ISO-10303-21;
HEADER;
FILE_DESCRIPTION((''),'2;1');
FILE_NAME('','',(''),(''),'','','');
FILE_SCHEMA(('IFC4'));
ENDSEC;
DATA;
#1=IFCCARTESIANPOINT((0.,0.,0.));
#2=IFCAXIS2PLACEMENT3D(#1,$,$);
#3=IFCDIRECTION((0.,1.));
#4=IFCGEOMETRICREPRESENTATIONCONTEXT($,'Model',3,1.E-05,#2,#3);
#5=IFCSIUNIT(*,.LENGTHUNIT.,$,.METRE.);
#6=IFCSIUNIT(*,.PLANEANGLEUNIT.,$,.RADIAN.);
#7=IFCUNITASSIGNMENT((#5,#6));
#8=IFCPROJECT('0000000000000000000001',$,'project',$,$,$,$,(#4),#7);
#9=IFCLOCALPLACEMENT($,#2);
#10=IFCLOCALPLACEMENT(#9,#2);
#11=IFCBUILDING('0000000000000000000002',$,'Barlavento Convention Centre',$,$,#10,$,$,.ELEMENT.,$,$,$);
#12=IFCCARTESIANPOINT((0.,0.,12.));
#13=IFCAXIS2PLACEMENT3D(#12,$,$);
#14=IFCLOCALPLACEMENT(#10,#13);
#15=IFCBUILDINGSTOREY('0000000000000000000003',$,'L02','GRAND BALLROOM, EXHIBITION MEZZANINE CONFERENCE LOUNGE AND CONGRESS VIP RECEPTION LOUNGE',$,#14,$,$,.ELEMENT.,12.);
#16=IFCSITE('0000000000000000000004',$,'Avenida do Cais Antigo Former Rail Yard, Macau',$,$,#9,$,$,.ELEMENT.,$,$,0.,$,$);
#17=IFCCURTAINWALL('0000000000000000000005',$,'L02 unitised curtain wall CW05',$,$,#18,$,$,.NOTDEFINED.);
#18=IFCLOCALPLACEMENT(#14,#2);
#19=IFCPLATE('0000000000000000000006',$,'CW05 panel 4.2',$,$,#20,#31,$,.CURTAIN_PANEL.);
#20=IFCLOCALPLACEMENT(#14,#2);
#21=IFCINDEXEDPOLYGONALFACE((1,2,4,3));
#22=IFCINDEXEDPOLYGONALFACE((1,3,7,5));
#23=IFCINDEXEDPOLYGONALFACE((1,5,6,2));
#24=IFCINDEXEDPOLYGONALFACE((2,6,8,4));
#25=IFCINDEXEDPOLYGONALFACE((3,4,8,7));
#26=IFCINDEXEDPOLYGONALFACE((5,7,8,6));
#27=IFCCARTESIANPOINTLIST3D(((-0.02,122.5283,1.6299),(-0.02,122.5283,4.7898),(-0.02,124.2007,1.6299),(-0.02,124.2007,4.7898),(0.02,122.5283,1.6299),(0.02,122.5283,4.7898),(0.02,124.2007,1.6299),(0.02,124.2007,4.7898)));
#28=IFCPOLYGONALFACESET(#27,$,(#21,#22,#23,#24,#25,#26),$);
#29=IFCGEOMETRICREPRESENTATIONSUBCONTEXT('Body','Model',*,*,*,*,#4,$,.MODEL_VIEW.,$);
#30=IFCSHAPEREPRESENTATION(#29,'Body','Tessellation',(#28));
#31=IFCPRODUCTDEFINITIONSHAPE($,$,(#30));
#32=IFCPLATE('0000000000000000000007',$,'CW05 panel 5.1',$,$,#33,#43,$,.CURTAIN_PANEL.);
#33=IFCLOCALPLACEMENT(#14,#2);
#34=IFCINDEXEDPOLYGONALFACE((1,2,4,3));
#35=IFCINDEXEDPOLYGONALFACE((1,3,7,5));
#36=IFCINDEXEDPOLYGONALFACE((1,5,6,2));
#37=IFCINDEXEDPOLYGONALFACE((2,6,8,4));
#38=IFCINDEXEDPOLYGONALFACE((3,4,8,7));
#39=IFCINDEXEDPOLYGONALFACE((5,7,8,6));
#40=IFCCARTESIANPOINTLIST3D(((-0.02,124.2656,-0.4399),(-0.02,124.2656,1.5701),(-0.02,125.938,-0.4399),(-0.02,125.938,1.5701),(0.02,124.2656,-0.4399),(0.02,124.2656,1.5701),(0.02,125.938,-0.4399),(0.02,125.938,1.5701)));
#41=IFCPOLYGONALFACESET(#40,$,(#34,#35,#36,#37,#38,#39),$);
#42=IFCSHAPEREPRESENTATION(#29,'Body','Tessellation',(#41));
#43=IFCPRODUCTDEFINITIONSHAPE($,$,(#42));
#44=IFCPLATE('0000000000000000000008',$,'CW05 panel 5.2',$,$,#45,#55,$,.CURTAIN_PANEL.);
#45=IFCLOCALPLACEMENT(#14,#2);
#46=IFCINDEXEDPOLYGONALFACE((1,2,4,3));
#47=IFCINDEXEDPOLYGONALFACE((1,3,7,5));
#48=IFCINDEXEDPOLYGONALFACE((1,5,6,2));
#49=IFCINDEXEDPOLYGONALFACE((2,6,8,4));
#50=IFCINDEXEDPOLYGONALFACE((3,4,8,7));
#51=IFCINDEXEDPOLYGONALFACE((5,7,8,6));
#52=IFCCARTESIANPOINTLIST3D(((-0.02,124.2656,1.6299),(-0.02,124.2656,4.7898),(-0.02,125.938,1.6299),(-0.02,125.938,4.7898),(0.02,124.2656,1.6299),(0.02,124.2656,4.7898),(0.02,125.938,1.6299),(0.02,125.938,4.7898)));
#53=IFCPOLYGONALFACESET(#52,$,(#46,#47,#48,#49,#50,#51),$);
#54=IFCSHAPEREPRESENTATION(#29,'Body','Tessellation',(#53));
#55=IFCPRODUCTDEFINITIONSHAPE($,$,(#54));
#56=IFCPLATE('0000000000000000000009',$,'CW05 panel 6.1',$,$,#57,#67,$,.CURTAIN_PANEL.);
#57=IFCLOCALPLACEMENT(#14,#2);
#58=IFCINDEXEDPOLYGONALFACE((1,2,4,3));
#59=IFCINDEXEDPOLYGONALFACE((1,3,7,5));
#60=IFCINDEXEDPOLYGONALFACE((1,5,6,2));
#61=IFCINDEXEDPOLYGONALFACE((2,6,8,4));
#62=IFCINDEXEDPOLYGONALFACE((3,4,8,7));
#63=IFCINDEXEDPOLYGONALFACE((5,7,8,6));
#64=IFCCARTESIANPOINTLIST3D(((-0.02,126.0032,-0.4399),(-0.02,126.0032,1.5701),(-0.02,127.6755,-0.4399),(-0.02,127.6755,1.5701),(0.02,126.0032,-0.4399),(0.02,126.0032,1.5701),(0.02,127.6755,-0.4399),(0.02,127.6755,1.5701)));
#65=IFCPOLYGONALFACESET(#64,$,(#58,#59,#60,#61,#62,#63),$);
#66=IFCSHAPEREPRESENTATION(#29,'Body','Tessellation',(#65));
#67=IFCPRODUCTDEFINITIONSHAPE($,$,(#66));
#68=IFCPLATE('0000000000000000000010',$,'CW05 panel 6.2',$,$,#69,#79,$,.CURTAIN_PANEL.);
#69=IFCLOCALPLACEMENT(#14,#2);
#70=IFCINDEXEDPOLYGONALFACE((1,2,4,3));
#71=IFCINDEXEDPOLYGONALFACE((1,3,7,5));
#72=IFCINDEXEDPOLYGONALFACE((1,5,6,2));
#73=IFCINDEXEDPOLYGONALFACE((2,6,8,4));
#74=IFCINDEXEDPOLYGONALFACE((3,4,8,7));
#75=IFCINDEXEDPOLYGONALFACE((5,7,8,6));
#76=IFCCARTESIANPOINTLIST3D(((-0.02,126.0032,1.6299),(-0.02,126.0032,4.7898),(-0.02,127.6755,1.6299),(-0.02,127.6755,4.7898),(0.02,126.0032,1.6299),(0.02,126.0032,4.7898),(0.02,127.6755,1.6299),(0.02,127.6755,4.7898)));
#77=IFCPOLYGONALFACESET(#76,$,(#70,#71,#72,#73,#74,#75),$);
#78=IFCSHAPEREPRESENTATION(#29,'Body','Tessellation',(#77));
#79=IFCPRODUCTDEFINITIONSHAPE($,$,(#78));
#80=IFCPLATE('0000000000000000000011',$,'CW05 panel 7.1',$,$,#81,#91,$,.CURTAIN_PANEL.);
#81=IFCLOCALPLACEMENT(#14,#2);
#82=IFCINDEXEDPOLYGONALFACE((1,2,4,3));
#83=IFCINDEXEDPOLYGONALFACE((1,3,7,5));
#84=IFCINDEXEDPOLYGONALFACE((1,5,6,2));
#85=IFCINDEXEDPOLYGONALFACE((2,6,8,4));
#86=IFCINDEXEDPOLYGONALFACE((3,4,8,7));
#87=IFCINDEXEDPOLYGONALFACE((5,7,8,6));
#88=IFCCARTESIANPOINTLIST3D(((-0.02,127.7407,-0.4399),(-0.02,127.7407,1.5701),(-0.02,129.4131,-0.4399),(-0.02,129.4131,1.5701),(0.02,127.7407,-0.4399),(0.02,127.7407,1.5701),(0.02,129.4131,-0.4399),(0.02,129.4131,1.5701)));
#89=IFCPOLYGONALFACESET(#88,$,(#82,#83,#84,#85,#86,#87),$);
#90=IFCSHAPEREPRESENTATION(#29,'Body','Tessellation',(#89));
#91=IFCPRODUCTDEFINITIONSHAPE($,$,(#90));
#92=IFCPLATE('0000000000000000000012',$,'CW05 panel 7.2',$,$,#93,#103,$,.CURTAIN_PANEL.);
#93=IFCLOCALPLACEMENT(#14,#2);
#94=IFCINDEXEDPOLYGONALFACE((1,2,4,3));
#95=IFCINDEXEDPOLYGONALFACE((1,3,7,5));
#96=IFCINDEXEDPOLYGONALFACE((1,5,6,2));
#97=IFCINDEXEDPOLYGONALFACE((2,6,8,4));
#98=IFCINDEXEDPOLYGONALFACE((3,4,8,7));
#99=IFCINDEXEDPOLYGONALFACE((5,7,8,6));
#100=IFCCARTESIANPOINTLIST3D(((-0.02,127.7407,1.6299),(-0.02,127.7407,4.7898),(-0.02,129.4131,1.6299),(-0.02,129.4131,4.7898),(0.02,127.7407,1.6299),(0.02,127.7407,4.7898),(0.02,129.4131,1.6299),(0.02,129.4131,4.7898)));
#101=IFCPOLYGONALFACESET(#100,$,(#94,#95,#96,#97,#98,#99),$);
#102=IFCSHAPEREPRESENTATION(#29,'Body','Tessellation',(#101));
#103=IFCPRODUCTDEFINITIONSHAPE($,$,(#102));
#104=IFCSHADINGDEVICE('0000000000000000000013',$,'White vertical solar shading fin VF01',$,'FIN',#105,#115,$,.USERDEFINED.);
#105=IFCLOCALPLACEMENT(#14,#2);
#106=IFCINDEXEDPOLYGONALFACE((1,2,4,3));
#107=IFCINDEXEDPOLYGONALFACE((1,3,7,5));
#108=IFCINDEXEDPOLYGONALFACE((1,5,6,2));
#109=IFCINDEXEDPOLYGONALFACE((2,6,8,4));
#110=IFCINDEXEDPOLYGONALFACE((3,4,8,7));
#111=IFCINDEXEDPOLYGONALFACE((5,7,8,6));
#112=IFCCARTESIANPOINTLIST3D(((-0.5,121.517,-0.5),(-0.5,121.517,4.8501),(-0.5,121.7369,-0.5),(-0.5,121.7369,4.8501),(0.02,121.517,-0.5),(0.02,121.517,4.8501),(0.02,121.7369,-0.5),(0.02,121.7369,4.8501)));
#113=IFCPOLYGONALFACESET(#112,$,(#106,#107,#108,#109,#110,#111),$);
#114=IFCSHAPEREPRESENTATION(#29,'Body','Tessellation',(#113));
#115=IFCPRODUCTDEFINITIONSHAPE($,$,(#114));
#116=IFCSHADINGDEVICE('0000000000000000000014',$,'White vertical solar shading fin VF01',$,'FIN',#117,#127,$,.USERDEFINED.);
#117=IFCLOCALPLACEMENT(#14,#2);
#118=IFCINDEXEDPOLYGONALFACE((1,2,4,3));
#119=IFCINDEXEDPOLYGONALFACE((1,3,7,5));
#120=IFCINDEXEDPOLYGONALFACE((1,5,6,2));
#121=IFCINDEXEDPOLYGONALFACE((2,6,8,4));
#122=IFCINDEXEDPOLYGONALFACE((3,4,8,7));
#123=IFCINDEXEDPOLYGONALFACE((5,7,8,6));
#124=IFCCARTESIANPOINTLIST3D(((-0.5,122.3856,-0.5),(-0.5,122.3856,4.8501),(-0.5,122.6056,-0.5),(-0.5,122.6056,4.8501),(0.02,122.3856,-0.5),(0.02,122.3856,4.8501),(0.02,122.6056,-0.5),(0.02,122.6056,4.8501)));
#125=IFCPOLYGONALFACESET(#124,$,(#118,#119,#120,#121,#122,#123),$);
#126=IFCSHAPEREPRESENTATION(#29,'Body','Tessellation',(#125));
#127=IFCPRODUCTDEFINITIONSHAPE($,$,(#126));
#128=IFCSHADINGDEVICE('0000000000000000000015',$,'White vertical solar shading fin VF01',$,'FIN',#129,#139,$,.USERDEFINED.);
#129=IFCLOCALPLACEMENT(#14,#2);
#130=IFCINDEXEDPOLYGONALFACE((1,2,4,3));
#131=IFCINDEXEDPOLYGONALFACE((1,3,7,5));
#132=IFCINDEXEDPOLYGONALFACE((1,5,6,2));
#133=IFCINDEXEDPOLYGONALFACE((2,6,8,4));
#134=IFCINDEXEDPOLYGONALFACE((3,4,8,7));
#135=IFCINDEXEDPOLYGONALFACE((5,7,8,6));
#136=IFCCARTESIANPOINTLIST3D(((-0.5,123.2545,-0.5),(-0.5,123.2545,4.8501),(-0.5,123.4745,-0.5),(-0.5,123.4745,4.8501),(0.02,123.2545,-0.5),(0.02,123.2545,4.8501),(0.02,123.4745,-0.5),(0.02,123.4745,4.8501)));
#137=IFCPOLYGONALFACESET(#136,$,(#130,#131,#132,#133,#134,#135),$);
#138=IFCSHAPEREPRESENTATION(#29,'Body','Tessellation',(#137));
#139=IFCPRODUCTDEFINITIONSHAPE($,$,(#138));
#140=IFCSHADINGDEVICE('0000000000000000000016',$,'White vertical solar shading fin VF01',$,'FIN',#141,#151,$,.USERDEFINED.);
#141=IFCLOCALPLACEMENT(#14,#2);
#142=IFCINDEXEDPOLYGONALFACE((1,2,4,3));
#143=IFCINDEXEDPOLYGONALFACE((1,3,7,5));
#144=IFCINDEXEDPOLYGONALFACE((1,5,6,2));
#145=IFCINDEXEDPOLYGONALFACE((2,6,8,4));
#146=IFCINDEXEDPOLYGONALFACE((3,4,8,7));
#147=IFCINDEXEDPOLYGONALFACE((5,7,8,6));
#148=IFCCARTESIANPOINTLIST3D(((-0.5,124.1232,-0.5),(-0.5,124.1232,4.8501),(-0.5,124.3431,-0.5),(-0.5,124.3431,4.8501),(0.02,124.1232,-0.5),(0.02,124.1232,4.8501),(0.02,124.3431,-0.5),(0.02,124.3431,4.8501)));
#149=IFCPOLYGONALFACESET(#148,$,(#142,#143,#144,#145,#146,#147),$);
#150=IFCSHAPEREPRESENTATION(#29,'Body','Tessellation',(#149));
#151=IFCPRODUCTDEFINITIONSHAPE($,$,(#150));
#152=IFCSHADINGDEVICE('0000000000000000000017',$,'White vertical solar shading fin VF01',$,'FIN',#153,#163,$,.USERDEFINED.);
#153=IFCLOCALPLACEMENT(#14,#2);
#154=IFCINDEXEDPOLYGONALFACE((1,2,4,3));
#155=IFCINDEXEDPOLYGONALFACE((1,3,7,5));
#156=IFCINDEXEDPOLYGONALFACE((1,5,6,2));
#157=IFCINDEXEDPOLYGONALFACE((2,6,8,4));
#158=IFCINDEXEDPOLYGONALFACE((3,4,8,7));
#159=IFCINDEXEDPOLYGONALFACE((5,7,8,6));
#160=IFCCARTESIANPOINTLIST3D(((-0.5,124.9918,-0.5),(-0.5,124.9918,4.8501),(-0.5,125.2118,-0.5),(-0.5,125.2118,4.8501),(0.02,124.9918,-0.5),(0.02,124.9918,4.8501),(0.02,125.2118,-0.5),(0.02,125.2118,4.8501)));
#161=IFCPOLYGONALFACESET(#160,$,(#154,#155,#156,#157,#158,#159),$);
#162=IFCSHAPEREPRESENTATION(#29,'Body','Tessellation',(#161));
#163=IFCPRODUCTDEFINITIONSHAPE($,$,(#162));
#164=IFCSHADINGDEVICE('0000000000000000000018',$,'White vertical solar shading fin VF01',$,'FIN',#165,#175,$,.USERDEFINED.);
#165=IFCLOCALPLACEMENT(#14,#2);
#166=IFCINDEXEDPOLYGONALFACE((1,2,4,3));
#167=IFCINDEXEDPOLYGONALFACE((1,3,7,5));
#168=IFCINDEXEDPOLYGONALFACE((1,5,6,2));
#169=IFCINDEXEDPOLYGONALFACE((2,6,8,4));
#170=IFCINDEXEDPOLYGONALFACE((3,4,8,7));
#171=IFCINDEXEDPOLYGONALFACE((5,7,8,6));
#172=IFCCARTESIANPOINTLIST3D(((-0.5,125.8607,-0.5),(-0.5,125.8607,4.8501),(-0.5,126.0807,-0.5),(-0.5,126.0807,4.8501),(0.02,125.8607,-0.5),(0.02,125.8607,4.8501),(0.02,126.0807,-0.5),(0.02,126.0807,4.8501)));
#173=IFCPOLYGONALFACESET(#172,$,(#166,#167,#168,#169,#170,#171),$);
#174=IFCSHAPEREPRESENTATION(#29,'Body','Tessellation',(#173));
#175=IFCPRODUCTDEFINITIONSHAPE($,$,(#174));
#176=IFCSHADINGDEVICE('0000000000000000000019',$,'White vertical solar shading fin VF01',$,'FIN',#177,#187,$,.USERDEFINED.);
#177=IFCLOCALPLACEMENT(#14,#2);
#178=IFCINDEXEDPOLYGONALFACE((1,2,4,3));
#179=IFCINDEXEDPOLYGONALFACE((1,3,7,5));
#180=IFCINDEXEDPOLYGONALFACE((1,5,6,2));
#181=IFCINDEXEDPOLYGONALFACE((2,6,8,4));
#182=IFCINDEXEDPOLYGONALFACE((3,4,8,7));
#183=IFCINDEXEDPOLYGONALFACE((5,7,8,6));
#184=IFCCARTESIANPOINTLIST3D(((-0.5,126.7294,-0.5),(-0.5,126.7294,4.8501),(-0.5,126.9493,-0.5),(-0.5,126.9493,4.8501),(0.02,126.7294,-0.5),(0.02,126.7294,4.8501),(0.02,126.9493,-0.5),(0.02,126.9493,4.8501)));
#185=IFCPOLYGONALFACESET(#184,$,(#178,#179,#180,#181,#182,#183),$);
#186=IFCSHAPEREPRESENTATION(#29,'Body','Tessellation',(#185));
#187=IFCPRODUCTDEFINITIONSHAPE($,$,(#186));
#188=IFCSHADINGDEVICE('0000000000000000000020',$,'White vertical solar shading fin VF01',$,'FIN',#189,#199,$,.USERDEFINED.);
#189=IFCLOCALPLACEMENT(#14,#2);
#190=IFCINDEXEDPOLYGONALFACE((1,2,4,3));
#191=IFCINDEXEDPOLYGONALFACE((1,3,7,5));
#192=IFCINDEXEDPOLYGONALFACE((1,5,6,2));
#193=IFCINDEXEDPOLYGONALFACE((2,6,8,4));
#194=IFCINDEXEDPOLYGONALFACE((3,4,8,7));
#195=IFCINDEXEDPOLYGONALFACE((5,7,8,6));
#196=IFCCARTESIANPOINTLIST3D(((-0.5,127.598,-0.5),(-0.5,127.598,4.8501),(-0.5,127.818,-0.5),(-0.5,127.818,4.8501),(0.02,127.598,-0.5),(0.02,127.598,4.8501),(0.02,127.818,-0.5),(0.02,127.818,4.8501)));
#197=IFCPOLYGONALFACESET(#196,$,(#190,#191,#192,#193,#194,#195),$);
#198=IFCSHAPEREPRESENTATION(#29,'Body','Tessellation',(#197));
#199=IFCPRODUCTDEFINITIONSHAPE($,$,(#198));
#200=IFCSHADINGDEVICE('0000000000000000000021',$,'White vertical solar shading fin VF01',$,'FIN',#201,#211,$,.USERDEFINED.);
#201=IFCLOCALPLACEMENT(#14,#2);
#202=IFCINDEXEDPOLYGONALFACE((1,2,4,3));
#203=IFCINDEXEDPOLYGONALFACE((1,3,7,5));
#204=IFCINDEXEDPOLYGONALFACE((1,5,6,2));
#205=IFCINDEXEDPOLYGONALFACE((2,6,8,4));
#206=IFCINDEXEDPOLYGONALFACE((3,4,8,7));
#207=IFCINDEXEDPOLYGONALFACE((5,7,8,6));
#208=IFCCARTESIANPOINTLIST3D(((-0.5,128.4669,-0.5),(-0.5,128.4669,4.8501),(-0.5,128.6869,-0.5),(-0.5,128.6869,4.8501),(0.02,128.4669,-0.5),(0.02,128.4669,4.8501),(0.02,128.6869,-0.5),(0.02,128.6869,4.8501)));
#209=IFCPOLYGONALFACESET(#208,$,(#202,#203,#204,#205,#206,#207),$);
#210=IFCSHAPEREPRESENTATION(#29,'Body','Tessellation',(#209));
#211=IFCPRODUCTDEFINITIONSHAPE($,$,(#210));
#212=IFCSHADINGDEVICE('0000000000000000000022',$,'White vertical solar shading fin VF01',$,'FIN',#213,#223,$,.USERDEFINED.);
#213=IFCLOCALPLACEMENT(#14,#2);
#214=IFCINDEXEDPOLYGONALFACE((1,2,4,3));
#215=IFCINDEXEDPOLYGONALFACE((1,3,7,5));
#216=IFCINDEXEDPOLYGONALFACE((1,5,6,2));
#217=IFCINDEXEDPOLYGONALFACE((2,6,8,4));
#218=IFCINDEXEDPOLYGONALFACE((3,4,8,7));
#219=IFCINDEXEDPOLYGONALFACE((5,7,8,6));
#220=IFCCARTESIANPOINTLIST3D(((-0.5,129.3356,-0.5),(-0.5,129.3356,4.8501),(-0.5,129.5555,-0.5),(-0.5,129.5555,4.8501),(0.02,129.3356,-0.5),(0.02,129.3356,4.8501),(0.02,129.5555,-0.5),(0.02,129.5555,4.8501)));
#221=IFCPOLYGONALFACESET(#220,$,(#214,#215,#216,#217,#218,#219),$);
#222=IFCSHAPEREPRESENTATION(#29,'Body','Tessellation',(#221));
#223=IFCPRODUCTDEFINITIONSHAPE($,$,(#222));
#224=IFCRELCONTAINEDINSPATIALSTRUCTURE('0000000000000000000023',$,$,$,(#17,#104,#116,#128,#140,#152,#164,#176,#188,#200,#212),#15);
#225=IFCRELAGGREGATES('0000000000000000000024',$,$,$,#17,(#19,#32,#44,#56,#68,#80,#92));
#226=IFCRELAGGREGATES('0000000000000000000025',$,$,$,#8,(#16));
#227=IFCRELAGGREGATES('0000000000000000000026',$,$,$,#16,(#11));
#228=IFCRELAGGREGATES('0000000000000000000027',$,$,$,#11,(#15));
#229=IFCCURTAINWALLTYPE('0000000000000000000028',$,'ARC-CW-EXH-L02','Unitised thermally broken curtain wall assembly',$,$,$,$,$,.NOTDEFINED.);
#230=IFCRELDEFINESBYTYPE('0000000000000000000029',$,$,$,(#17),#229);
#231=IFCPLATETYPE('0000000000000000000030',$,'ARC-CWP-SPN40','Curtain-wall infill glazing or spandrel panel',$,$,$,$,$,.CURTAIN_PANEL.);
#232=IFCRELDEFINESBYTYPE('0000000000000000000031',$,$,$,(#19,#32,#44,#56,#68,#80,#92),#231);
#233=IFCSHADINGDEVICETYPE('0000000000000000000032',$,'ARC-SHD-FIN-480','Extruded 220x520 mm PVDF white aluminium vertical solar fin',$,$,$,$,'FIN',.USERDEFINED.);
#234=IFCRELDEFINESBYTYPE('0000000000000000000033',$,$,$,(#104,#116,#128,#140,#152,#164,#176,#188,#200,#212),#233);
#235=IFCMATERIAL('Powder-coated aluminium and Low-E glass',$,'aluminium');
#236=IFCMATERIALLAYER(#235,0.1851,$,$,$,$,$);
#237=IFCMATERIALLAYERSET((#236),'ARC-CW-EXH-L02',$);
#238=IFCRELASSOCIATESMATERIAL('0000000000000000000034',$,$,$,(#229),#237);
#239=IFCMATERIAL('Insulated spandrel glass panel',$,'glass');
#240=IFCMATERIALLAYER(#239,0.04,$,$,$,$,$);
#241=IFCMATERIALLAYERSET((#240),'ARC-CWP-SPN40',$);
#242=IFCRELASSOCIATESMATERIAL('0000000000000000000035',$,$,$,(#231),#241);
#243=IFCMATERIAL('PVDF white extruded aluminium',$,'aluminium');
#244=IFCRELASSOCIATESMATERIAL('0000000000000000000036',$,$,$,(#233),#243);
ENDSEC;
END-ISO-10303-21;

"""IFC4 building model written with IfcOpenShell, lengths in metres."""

from ifc_helpers import new_model, si_unit, direction, frame, origin, origin_2d, place, context, subcontext, project, spatial, rectangle, extrude, material, layer, layer_set, type_object, element, aggregate, save


model = new_model("IFC4")

# Units and contexts
model_context = context("Model", 3, precision=1e-05, world=origin(), true_north=direction((0.0, 1.0)))
body_context = subcontext(model_context, "Body", "Model", "MODEL_VIEW")
ifc_project = project(units=[si_unit("LENGTHUNIT", "METRE"), si_unit("PLANEANGLEUNIT", "RADIAN")], contexts=[model_context])

# Site, building, storey
site_placement = place(None, origin())
site = spatial("IfcSite", under=ifc_project, at=site_placement, Name="Avenida do Cais Antigo Former Rail Yard, Macau", CompositionType="ELEMENT", RefElevation=0.0)
building_placement = place(site_placement, origin())
building = spatial("IfcBuilding", under=site, at=building_placement, Name="Barlavento Convention Centre", CompositionType="ELEMENT")
storey_placement = place(building_placement, frame((0.0, 0.0, 12.0)))
storey = spatial("IfcBuildingStorey", under=building, at=storey_placement, Name="L02", Description="GRAND BALLROOM, EXHIBITION MEZZANINE CONFERENCE LOUNGE AND CONGRESS VIP RECEPTION LOUNGE", CompositionType="ELEMENT", Elevation=12.0)

# Curtain wall, plates
ifc_material_1 = material(Name="Powder-coated aluminium and Low-E glass", Category="aluminium")
ifc_layer_1 = layer(ifc_material_1, 0.1851)
ifc_layer_set_1 = layer_set([ifc_layer_1], Name="ARC-CW-EXH-L02")
curtain_wall_type = type_object("IfcCurtainWallType", Name="ARC-CW-EXH-L02", Description="Unitised thermally broken curtain wall assembly", PredefinedType="NOTDEFINED", material=ifc_layer_set_1)
curtain_wall_placement = place(storey_placement, origin())
curtain_wall = element("IfcCurtainWall", 1, at=curtain_wall_placement, inside=storey, type_object=curtain_wall_type, Name="L02 unitised curtain wall CW05", PredefinedType="NOTDEFINED")
ifc_material_2 = material(Name="Insulated spandrel glass panel", Category="glass")
ifc_layer_2 = layer(ifc_material_2, 0.04)
ifc_layer_set_2 = layer_set([ifc_layer_2], Name="ARC-CWP-SPN40")
plate_type = type_object("IfcPlateType", Name="ARC-CWP-SPN40", Description="Curtain-wall infill glazing or spandrel panel", PredefinedType="CURTAIN_PANEL", material=ifc_layer_set_2)
plate_1_placement = place(storey_placement, frame((0.0, 123.3645, 1.6299), z_axis=(0.0, 0.0, 1.0), x_axis=(0.0, 1.0, 0.0)))
plate_1 = element("IfcPlate", 2, at=plate_1_placement, type_object=plate_type, Name="CW05 panel 4.2", PredefinedType="CURTAIN_PANEL", context=body_context, shape_type="SweptSolid", body=[
    extrude(rectangle(XDim=1.6724, YDim=0.04, at=origin_2d()), origin(), (0.0, 0.0, 1.0), 3.1599),
])
plate_2_placement = place(storey_placement, frame((0.0, 125.1018, -0.4399), z_axis=(0.0, 0.0, 1.0), x_axis=(0.0, 1.0, 0.0)))
plate_2 = element("IfcPlate", 3, at=plate_2_placement, type_object=plate_type, Name="CW05 panel 5.1", PredefinedType="CURTAIN_PANEL", context=body_context, shape_type="SweptSolid", body=[
    extrude(rectangle(XDim=1.6724, YDim=0.04, at=origin_2d()), origin(), (0.0, 0.0, 1.0), 2.01),
])
plate_3_placement = place(storey_placement, frame((0.0, 125.1018, 1.6299), z_axis=(0.0, 0.0, 1.0), x_axis=(0.0, 1.0, 0.0)))
plate_3 = element("IfcPlate", 4, at=plate_3_placement, type_object=plate_type, Name="CW05 panel 5.2", PredefinedType="CURTAIN_PANEL", context=body_context, shape_type="SweptSolid", body=[
    extrude(rectangle(XDim=1.6724, YDim=0.04, at=origin_2d()), origin(), (0.0, 0.0, 1.0), 3.1599),
])
plate_4_placement = place(storey_placement, frame((0.0, 126.8394, -0.4399), z_axis=(0.0, 0.0, 1.0), x_axis=(0.0, 1.0, 0.0)))
plate_4 = element("IfcPlate", 5, at=plate_4_placement, type_object=plate_type, Name="CW05 panel 6.1", PredefinedType="CURTAIN_PANEL", context=body_context, shape_type="SweptSolid", body=[
    extrude(rectangle(XDim=1.6724, YDim=0.04, at=origin_2d()), origin(), (0.0, 0.0, 1.0), 2.01),
])
plate_5_placement = place(storey_placement, frame((0.0, 126.8394, 1.6299), z_axis=(0.0, 0.0, 1.0), x_axis=(0.0, 1.0, 0.0)))
plate_5 = element("IfcPlate", 6, at=plate_5_placement, type_object=plate_type, Name="CW05 panel 6.2", PredefinedType="CURTAIN_PANEL", context=body_context, shape_type="SweptSolid", body=[
    extrude(rectangle(XDim=1.6724, YDim=0.04, at=origin_2d()), origin(), (0.0, 0.0, 1.0), 3.1599),
])
plate_6_placement = place(storey_placement, frame((0.0, 128.5769, -0.4399), z_axis=(0.0, 0.0, 1.0), x_axis=(0.0, 1.0, 0.0)))
plate_6 = element("IfcPlate", 7, at=plate_6_placement, type_object=plate_type, Name="CW05 panel 7.1", PredefinedType="CURTAIN_PANEL", context=body_context, shape_type="SweptSolid", body=[
    extrude(rectangle(XDim=1.6724, YDim=0.04, at=origin_2d()), origin(), (0.0, 0.0, 1.0), 2.01),
])
plate_7_placement = place(storey_placement, frame((0.0, 128.5769, 1.6299), z_axis=(0.0, 0.0, 1.0), x_axis=(0.0, 1.0, 0.0)))
plate_7 = element("IfcPlate", 8, at=plate_7_placement, type_object=plate_type, Name="CW05 panel 7.2", PredefinedType="CURTAIN_PANEL", context=body_context, shape_type="SweptSolid", body=[
    extrude(rectangle(XDim=1.6724, YDim=0.04, at=origin_2d()), origin(), (0.0, 0.0, 1.0), 3.1599),
])
aggregate(curtain_wall, [plate_1, plate_2, plate_3, plate_4, plate_5, plate_6, plate_7])

# Shading devices
ifc_material_3 = material(Name="PVDF white extruded aluminium", Category="aluminium")
shading_device_type = type_object("IfcShadingDeviceType", Name="ARC-SHD-FIN-480", Description="Extruded 220x520 mm PVDF white aluminium vertical solar fin", ElementType="FIN", PredefinedType="USERDEFINED", material=ifc_material_3)
for number, where, z_axis, x_axis, name in (
    (9, (-0.24, 121.627, -0.5), (0.0, 0.0, 1.0), (0.0, 1.0, 0.0), "White vertical solar shading fin VF01"),
    (10, (-0.24, 122.4956, -0.5), (0.0, 0.0, 1.0), (0.0, 1.0, 0.0), "White vertical solar shading fin VF01"),
    (11, (-0.24, 123.3645, -0.5), (0.0, 0.0, 1.0), (0.0, 1.0, 0.0), "White vertical solar shading fin VF01"),
    (12, (-0.24, 124.2332, -0.5), (0.0, 0.0, 1.0), (0.0, 1.0, 0.0), "White vertical solar shading fin VF01"),
    (13, (-0.24, 125.1018, -0.5), (0.0, 0.0, 1.0), (0.0, 1.0, 0.0), "White vertical solar shading fin VF01"),
    (14, (-0.24, 125.9707, -0.5), (0.0, 0.0, 1.0), (0.0, 1.0, 0.0), "White vertical solar shading fin VF01"),
    (15, (-0.24, 126.8394, -0.5), (0.0, 0.0, 1.0), (0.0, 1.0, 0.0), "White vertical solar shading fin VF01"),
    (16, (-0.24, 127.708, -0.5), (0.0, 0.0, 1.0), (0.0, 1.0, 0.0), "White vertical solar shading fin VF01"),
    (17, (-0.24, 128.5769, -0.5), (0.0, 0.0, 1.0), (0.0, 1.0, 0.0), "White vertical solar shading fin VF01"),
    (18, (-0.24, 129.4456, -0.5), (0.0, 0.0, 1.0), (0.0, 1.0, 0.0), "White vertical solar shading fin VF01"),
):
    element("IfcShadingDevice", number, at=place(storey_placement, frame(where, z_axis=z_axis, x_axis=x_axis)), inside=storey, type_object=shading_device_type, Name=name, ObjectType="FIN", PredefinedType="USERDEFINED", context=body_context, shape_type="SweptSolid", body=[
        extrude(rectangle(XDim=0.22, YDim=0.52, at=origin_2d()), origin(), (0.0, 0.0, 1.0), 5.3501),
    ])

save(model, "model.ifc")
